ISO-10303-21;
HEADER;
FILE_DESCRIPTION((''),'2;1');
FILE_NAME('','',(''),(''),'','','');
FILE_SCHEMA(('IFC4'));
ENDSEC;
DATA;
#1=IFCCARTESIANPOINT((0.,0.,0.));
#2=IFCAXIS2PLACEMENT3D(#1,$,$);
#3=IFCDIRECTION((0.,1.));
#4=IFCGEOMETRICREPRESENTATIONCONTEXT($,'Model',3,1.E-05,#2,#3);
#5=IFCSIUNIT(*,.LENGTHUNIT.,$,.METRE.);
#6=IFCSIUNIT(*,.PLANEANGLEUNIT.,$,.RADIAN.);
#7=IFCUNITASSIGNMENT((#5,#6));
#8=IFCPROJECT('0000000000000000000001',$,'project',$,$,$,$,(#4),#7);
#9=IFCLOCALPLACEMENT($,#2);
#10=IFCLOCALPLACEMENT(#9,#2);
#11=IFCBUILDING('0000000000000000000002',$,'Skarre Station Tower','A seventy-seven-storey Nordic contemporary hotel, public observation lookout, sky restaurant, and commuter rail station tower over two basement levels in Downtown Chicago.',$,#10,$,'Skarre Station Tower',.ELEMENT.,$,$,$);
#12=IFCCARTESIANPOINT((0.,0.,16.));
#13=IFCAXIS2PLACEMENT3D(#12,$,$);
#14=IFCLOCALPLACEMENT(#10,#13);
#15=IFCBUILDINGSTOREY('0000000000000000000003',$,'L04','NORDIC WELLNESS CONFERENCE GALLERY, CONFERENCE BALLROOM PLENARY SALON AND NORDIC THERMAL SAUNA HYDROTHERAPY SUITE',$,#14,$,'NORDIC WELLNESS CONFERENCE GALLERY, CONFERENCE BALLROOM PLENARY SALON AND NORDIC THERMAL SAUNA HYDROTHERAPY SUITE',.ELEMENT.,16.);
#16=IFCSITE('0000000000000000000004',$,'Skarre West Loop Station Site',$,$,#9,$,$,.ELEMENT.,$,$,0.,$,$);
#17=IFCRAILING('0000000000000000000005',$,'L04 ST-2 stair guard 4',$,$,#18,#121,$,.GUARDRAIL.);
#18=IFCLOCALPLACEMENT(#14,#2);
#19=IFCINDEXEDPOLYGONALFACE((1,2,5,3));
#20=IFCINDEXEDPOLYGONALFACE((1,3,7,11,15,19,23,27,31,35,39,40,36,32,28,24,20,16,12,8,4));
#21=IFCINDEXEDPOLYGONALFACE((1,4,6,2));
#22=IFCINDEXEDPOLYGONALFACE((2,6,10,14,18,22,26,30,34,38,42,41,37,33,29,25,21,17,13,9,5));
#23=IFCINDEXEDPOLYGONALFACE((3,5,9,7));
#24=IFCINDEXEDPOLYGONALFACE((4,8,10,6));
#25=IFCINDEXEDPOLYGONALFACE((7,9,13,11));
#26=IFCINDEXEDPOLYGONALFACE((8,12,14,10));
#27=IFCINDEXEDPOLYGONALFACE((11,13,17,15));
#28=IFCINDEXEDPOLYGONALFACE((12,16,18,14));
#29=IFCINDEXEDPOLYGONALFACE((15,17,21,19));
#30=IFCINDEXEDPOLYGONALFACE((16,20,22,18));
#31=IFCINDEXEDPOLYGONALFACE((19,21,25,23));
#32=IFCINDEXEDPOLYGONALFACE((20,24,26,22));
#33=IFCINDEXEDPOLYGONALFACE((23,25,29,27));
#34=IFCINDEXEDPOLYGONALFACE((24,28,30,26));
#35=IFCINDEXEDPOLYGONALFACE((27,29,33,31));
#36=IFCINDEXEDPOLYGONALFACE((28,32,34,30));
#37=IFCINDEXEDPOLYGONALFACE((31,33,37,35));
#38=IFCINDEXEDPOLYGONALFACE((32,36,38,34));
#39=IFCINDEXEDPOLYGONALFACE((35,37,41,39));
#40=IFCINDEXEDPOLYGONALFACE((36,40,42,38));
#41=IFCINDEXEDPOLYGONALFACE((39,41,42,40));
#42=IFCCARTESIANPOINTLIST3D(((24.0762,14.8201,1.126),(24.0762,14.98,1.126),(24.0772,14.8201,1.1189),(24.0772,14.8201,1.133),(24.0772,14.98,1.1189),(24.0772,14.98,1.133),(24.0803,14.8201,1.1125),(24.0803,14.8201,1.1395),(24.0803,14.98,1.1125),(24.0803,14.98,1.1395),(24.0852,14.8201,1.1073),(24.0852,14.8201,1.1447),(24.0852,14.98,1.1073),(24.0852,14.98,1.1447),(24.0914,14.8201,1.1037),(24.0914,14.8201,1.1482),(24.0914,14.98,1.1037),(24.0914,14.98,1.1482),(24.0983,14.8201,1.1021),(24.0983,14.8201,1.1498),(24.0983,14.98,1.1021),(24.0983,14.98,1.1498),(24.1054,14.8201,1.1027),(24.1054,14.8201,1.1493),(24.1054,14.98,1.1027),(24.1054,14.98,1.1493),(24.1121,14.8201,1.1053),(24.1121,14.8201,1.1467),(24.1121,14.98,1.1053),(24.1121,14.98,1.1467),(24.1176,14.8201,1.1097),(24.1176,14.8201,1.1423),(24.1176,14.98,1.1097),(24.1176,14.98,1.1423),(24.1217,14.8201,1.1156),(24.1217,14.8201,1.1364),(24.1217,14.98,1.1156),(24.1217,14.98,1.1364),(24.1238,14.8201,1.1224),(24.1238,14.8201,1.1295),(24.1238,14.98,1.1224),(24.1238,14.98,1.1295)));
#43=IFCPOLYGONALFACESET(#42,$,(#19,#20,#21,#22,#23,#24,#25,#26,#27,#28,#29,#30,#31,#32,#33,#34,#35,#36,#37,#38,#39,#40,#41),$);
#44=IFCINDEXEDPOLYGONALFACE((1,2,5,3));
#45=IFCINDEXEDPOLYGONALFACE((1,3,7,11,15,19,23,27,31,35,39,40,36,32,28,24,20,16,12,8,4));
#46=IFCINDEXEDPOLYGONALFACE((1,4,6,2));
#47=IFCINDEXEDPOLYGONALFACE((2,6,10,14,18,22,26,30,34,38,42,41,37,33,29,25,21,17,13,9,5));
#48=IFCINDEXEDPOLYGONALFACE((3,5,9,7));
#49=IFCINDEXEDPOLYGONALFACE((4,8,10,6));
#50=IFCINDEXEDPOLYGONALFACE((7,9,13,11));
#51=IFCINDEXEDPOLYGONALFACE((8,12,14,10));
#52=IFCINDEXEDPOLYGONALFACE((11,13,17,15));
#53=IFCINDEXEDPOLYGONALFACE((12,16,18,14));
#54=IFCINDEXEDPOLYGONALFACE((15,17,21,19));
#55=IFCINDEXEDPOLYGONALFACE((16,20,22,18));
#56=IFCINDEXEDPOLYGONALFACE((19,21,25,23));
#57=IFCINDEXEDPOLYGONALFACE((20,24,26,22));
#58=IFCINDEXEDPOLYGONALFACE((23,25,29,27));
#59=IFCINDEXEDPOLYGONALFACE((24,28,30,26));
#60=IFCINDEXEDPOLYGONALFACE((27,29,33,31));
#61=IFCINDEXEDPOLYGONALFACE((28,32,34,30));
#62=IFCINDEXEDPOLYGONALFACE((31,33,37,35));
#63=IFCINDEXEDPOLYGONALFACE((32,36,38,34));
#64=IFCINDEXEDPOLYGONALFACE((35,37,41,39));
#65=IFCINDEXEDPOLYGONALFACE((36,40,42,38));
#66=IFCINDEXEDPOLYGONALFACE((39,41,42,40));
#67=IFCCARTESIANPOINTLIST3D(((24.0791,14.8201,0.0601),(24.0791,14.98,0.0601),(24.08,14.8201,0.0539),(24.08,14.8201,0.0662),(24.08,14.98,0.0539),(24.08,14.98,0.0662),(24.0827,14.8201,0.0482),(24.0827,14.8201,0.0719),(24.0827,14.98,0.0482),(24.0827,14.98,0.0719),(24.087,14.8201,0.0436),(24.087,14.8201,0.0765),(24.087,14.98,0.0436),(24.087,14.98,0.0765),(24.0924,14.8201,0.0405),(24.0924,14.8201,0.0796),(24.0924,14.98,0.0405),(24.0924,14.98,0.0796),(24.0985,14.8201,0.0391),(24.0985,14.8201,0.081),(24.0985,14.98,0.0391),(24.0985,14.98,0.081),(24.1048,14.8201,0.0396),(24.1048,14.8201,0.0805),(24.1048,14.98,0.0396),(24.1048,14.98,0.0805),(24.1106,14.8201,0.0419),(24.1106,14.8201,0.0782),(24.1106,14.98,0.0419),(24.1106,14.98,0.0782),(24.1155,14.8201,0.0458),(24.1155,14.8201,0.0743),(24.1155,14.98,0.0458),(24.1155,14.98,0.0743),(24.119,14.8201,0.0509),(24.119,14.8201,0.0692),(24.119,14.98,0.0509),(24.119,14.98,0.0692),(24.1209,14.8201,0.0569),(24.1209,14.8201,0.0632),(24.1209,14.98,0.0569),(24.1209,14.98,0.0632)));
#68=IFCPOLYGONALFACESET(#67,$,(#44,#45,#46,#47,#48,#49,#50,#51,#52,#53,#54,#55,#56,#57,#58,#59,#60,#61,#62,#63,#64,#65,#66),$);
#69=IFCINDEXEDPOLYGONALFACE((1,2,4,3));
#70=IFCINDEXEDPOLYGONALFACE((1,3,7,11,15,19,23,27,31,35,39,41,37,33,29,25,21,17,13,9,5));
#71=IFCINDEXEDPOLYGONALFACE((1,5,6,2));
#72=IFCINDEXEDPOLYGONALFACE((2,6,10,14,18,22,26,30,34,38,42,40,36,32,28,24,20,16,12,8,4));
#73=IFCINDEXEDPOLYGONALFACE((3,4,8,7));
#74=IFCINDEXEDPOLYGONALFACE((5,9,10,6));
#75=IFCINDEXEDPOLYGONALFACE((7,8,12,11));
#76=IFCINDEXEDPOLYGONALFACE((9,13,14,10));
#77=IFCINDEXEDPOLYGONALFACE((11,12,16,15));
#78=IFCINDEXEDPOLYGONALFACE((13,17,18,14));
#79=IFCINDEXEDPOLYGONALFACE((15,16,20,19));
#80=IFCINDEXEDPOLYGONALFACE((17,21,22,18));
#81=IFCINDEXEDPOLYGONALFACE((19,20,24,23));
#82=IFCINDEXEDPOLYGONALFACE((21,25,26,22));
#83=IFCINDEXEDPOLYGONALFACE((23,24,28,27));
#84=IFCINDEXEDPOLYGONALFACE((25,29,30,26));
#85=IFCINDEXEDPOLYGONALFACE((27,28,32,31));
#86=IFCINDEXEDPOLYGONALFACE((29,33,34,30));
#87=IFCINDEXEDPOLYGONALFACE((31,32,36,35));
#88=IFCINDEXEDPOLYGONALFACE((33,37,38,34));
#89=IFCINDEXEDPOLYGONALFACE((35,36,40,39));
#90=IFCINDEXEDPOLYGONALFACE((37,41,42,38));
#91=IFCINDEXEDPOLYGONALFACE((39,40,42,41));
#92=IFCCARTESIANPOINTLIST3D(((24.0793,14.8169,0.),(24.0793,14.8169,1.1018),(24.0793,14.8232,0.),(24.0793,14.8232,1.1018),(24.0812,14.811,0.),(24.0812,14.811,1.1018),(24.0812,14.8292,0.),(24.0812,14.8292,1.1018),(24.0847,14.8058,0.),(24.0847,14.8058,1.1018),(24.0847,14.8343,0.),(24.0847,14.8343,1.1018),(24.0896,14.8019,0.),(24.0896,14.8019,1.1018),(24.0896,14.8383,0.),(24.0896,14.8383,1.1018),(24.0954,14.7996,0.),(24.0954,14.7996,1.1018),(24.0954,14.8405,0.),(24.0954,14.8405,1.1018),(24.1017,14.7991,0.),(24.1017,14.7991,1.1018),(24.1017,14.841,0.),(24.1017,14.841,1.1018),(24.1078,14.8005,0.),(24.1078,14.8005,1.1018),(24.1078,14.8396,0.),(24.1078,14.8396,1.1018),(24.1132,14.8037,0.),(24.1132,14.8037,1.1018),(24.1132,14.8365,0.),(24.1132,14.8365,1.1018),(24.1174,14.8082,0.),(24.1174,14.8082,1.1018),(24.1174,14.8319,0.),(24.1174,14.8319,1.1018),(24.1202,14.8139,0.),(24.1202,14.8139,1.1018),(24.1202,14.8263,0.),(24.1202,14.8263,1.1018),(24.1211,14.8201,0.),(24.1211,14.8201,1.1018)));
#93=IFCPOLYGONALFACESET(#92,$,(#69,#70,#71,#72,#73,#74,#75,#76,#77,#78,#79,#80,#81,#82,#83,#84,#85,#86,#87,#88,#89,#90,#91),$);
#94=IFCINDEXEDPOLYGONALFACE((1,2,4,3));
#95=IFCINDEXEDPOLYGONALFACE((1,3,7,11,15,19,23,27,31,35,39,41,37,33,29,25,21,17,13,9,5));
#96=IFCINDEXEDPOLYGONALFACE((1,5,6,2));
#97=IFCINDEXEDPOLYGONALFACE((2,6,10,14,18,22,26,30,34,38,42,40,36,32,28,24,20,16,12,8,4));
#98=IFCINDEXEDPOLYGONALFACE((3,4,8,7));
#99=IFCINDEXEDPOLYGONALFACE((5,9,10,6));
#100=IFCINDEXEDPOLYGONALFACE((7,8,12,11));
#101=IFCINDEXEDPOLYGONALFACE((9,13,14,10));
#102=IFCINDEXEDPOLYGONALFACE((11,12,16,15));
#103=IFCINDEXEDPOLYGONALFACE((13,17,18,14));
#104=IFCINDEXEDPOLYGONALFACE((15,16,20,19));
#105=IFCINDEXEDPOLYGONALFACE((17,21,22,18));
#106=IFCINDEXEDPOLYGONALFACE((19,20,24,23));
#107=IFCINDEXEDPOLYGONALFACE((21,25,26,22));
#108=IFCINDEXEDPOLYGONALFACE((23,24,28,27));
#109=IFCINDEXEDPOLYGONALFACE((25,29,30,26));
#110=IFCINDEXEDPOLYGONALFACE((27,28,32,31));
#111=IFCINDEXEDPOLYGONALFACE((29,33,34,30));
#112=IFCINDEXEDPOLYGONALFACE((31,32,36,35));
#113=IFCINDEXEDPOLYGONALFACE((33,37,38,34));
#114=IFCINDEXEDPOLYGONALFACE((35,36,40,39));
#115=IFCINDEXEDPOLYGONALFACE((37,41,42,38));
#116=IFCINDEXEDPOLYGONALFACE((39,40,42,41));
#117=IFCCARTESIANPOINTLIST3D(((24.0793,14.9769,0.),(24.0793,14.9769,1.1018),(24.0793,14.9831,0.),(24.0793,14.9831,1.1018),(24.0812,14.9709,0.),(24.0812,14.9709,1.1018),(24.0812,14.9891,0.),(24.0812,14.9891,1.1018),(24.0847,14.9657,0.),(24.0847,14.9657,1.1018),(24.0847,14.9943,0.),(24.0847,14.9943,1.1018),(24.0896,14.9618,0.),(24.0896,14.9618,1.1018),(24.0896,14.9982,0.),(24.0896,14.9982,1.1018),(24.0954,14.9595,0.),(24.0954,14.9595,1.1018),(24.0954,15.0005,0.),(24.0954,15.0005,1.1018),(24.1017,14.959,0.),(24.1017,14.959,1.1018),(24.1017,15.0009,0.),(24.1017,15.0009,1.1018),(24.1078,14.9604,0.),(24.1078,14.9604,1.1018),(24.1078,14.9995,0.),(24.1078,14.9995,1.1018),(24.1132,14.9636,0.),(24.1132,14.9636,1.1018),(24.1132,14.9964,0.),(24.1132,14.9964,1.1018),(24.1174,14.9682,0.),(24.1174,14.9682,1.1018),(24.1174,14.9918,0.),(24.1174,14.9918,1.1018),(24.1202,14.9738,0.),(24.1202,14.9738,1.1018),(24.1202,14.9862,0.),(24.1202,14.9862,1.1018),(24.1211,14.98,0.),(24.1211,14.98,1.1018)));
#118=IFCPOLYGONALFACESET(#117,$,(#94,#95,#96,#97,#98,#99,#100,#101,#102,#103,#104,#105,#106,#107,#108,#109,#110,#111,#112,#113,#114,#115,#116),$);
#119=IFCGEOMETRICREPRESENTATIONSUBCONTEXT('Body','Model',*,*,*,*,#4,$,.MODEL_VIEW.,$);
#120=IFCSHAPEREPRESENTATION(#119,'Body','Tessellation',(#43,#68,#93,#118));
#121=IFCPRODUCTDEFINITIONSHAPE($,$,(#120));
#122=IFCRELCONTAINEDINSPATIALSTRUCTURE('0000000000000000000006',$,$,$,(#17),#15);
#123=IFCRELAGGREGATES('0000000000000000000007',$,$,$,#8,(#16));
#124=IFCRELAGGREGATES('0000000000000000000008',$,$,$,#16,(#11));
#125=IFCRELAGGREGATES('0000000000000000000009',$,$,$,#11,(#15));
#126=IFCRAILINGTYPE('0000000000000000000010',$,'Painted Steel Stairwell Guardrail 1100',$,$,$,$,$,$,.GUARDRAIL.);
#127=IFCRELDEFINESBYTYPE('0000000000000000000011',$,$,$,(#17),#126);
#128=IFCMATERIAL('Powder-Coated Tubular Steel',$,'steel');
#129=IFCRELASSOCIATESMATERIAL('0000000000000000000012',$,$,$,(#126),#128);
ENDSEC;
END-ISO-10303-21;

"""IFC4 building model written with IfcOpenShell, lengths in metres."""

from ifc_helpers import new_model, si_unit, direction, frame, origin, origin_2d, place, context, subcontext, project, spatial, circle, extrude, material, type_object, element, save


model = new_model("IFC4")

# Units and contexts
model_context = context("Model", 3, precision=1e-05, world=origin(), true_north=direction((0.0, 1.0)))
body_context = subcontext(model_context, "Body", "Model", "MODEL_VIEW")
ifc_project = project(units=[si_unit("LENGTHUNIT", "METRE"), si_unit("PLANEANGLEUNIT", "RADIAN")], contexts=[model_context])

# Site, building, storey
site_placement = place(None, origin())
site = spatial("IfcSite", under=ifc_project, at=site_placement, Name="Skarre West Loop Station Site", CompositionType="ELEMENT", RefElevation=0.0)
building_placement = place(site_placement, origin())
building = spatial("IfcBuilding", under=site, at=building_placement, Name="Skarre Station Tower", Description="A seventy-seven-storey Nordic contemporary hotel, public observation lookout, sky restaurant, and commuter rail station tower over two basement levels in Downtown Chicago.", LongName="Skarre Station Tower", CompositionType="ELEMENT")
storey_placement = place(building_placement, frame((0.0, 0.0, 16.0)))
storey = spatial("IfcBuildingStorey", under=building, at=storey_placement, Name="L04", Description="NORDIC WELLNESS CONFERENCE GALLERY, CONFERENCE BALLROOM PLENARY SALON AND NORDIC THERMAL SAUNA HYDROTHERAPY SUITE", LongName="NORDIC WELLNESS CONFERENCE GALLERY, CONFERENCE BALLROOM PLENARY SALON AND NORDIC THERMAL SAUNA HYDROTHERAPY SUITE", CompositionType="ELEMENT", Elevation=16.0)

# Railing
ifc_material_1 = material(Name="Powder-Coated Tubular Steel", Category="steel")
railing_type_1 = type_object("IfcRailingType", Name="Painted Steel Stairwell Guardrail 1100", PredefinedType="GUARDRAIL", material=ifc_material_1)
railing_1_placement = place(storey_placement, frame((24.1001, 14.8201, 0.0)))
element("IfcRailing", 1, at=railing_1_placement, inside=storey, type_object=railing_type_1, Name="L04 ST-2 stair guard 4", PredefinedType="GUARDRAIL", context=body_context, shape_type="SweptSolid", body=[
    extrude(circle(Radius=0.0239, at=origin_2d()), frame((0.0, 0.0, 1.126), z_axis=(0.0, 1.0, 0.0), x_axis=(-1.0, 0.0, 0.0)), (0.0, 0.0, 1.0), 0.1599),
    extrude(circle(Radius=0.021, at=origin_2d()), frame((0.0, 0.0, 0.0601), z_axis=(0.0, 1.0, 0.0), x_axis=(-1.0, 0.0, 0.0)), (0.0, 0.0, 1.0), 0.1599),
    extrude(circle(Radius=0.021, at=origin_2d()), origin(), (0.0, 0.0, 1.0), 1.1018),
    extrude(circle(Radius=0.021, at=origin_2d()), frame((0.0, 0.1599, 0.0)), (0.0, 0.0, 1.0), 1.1018),
])

save(model, "model.ifc")
